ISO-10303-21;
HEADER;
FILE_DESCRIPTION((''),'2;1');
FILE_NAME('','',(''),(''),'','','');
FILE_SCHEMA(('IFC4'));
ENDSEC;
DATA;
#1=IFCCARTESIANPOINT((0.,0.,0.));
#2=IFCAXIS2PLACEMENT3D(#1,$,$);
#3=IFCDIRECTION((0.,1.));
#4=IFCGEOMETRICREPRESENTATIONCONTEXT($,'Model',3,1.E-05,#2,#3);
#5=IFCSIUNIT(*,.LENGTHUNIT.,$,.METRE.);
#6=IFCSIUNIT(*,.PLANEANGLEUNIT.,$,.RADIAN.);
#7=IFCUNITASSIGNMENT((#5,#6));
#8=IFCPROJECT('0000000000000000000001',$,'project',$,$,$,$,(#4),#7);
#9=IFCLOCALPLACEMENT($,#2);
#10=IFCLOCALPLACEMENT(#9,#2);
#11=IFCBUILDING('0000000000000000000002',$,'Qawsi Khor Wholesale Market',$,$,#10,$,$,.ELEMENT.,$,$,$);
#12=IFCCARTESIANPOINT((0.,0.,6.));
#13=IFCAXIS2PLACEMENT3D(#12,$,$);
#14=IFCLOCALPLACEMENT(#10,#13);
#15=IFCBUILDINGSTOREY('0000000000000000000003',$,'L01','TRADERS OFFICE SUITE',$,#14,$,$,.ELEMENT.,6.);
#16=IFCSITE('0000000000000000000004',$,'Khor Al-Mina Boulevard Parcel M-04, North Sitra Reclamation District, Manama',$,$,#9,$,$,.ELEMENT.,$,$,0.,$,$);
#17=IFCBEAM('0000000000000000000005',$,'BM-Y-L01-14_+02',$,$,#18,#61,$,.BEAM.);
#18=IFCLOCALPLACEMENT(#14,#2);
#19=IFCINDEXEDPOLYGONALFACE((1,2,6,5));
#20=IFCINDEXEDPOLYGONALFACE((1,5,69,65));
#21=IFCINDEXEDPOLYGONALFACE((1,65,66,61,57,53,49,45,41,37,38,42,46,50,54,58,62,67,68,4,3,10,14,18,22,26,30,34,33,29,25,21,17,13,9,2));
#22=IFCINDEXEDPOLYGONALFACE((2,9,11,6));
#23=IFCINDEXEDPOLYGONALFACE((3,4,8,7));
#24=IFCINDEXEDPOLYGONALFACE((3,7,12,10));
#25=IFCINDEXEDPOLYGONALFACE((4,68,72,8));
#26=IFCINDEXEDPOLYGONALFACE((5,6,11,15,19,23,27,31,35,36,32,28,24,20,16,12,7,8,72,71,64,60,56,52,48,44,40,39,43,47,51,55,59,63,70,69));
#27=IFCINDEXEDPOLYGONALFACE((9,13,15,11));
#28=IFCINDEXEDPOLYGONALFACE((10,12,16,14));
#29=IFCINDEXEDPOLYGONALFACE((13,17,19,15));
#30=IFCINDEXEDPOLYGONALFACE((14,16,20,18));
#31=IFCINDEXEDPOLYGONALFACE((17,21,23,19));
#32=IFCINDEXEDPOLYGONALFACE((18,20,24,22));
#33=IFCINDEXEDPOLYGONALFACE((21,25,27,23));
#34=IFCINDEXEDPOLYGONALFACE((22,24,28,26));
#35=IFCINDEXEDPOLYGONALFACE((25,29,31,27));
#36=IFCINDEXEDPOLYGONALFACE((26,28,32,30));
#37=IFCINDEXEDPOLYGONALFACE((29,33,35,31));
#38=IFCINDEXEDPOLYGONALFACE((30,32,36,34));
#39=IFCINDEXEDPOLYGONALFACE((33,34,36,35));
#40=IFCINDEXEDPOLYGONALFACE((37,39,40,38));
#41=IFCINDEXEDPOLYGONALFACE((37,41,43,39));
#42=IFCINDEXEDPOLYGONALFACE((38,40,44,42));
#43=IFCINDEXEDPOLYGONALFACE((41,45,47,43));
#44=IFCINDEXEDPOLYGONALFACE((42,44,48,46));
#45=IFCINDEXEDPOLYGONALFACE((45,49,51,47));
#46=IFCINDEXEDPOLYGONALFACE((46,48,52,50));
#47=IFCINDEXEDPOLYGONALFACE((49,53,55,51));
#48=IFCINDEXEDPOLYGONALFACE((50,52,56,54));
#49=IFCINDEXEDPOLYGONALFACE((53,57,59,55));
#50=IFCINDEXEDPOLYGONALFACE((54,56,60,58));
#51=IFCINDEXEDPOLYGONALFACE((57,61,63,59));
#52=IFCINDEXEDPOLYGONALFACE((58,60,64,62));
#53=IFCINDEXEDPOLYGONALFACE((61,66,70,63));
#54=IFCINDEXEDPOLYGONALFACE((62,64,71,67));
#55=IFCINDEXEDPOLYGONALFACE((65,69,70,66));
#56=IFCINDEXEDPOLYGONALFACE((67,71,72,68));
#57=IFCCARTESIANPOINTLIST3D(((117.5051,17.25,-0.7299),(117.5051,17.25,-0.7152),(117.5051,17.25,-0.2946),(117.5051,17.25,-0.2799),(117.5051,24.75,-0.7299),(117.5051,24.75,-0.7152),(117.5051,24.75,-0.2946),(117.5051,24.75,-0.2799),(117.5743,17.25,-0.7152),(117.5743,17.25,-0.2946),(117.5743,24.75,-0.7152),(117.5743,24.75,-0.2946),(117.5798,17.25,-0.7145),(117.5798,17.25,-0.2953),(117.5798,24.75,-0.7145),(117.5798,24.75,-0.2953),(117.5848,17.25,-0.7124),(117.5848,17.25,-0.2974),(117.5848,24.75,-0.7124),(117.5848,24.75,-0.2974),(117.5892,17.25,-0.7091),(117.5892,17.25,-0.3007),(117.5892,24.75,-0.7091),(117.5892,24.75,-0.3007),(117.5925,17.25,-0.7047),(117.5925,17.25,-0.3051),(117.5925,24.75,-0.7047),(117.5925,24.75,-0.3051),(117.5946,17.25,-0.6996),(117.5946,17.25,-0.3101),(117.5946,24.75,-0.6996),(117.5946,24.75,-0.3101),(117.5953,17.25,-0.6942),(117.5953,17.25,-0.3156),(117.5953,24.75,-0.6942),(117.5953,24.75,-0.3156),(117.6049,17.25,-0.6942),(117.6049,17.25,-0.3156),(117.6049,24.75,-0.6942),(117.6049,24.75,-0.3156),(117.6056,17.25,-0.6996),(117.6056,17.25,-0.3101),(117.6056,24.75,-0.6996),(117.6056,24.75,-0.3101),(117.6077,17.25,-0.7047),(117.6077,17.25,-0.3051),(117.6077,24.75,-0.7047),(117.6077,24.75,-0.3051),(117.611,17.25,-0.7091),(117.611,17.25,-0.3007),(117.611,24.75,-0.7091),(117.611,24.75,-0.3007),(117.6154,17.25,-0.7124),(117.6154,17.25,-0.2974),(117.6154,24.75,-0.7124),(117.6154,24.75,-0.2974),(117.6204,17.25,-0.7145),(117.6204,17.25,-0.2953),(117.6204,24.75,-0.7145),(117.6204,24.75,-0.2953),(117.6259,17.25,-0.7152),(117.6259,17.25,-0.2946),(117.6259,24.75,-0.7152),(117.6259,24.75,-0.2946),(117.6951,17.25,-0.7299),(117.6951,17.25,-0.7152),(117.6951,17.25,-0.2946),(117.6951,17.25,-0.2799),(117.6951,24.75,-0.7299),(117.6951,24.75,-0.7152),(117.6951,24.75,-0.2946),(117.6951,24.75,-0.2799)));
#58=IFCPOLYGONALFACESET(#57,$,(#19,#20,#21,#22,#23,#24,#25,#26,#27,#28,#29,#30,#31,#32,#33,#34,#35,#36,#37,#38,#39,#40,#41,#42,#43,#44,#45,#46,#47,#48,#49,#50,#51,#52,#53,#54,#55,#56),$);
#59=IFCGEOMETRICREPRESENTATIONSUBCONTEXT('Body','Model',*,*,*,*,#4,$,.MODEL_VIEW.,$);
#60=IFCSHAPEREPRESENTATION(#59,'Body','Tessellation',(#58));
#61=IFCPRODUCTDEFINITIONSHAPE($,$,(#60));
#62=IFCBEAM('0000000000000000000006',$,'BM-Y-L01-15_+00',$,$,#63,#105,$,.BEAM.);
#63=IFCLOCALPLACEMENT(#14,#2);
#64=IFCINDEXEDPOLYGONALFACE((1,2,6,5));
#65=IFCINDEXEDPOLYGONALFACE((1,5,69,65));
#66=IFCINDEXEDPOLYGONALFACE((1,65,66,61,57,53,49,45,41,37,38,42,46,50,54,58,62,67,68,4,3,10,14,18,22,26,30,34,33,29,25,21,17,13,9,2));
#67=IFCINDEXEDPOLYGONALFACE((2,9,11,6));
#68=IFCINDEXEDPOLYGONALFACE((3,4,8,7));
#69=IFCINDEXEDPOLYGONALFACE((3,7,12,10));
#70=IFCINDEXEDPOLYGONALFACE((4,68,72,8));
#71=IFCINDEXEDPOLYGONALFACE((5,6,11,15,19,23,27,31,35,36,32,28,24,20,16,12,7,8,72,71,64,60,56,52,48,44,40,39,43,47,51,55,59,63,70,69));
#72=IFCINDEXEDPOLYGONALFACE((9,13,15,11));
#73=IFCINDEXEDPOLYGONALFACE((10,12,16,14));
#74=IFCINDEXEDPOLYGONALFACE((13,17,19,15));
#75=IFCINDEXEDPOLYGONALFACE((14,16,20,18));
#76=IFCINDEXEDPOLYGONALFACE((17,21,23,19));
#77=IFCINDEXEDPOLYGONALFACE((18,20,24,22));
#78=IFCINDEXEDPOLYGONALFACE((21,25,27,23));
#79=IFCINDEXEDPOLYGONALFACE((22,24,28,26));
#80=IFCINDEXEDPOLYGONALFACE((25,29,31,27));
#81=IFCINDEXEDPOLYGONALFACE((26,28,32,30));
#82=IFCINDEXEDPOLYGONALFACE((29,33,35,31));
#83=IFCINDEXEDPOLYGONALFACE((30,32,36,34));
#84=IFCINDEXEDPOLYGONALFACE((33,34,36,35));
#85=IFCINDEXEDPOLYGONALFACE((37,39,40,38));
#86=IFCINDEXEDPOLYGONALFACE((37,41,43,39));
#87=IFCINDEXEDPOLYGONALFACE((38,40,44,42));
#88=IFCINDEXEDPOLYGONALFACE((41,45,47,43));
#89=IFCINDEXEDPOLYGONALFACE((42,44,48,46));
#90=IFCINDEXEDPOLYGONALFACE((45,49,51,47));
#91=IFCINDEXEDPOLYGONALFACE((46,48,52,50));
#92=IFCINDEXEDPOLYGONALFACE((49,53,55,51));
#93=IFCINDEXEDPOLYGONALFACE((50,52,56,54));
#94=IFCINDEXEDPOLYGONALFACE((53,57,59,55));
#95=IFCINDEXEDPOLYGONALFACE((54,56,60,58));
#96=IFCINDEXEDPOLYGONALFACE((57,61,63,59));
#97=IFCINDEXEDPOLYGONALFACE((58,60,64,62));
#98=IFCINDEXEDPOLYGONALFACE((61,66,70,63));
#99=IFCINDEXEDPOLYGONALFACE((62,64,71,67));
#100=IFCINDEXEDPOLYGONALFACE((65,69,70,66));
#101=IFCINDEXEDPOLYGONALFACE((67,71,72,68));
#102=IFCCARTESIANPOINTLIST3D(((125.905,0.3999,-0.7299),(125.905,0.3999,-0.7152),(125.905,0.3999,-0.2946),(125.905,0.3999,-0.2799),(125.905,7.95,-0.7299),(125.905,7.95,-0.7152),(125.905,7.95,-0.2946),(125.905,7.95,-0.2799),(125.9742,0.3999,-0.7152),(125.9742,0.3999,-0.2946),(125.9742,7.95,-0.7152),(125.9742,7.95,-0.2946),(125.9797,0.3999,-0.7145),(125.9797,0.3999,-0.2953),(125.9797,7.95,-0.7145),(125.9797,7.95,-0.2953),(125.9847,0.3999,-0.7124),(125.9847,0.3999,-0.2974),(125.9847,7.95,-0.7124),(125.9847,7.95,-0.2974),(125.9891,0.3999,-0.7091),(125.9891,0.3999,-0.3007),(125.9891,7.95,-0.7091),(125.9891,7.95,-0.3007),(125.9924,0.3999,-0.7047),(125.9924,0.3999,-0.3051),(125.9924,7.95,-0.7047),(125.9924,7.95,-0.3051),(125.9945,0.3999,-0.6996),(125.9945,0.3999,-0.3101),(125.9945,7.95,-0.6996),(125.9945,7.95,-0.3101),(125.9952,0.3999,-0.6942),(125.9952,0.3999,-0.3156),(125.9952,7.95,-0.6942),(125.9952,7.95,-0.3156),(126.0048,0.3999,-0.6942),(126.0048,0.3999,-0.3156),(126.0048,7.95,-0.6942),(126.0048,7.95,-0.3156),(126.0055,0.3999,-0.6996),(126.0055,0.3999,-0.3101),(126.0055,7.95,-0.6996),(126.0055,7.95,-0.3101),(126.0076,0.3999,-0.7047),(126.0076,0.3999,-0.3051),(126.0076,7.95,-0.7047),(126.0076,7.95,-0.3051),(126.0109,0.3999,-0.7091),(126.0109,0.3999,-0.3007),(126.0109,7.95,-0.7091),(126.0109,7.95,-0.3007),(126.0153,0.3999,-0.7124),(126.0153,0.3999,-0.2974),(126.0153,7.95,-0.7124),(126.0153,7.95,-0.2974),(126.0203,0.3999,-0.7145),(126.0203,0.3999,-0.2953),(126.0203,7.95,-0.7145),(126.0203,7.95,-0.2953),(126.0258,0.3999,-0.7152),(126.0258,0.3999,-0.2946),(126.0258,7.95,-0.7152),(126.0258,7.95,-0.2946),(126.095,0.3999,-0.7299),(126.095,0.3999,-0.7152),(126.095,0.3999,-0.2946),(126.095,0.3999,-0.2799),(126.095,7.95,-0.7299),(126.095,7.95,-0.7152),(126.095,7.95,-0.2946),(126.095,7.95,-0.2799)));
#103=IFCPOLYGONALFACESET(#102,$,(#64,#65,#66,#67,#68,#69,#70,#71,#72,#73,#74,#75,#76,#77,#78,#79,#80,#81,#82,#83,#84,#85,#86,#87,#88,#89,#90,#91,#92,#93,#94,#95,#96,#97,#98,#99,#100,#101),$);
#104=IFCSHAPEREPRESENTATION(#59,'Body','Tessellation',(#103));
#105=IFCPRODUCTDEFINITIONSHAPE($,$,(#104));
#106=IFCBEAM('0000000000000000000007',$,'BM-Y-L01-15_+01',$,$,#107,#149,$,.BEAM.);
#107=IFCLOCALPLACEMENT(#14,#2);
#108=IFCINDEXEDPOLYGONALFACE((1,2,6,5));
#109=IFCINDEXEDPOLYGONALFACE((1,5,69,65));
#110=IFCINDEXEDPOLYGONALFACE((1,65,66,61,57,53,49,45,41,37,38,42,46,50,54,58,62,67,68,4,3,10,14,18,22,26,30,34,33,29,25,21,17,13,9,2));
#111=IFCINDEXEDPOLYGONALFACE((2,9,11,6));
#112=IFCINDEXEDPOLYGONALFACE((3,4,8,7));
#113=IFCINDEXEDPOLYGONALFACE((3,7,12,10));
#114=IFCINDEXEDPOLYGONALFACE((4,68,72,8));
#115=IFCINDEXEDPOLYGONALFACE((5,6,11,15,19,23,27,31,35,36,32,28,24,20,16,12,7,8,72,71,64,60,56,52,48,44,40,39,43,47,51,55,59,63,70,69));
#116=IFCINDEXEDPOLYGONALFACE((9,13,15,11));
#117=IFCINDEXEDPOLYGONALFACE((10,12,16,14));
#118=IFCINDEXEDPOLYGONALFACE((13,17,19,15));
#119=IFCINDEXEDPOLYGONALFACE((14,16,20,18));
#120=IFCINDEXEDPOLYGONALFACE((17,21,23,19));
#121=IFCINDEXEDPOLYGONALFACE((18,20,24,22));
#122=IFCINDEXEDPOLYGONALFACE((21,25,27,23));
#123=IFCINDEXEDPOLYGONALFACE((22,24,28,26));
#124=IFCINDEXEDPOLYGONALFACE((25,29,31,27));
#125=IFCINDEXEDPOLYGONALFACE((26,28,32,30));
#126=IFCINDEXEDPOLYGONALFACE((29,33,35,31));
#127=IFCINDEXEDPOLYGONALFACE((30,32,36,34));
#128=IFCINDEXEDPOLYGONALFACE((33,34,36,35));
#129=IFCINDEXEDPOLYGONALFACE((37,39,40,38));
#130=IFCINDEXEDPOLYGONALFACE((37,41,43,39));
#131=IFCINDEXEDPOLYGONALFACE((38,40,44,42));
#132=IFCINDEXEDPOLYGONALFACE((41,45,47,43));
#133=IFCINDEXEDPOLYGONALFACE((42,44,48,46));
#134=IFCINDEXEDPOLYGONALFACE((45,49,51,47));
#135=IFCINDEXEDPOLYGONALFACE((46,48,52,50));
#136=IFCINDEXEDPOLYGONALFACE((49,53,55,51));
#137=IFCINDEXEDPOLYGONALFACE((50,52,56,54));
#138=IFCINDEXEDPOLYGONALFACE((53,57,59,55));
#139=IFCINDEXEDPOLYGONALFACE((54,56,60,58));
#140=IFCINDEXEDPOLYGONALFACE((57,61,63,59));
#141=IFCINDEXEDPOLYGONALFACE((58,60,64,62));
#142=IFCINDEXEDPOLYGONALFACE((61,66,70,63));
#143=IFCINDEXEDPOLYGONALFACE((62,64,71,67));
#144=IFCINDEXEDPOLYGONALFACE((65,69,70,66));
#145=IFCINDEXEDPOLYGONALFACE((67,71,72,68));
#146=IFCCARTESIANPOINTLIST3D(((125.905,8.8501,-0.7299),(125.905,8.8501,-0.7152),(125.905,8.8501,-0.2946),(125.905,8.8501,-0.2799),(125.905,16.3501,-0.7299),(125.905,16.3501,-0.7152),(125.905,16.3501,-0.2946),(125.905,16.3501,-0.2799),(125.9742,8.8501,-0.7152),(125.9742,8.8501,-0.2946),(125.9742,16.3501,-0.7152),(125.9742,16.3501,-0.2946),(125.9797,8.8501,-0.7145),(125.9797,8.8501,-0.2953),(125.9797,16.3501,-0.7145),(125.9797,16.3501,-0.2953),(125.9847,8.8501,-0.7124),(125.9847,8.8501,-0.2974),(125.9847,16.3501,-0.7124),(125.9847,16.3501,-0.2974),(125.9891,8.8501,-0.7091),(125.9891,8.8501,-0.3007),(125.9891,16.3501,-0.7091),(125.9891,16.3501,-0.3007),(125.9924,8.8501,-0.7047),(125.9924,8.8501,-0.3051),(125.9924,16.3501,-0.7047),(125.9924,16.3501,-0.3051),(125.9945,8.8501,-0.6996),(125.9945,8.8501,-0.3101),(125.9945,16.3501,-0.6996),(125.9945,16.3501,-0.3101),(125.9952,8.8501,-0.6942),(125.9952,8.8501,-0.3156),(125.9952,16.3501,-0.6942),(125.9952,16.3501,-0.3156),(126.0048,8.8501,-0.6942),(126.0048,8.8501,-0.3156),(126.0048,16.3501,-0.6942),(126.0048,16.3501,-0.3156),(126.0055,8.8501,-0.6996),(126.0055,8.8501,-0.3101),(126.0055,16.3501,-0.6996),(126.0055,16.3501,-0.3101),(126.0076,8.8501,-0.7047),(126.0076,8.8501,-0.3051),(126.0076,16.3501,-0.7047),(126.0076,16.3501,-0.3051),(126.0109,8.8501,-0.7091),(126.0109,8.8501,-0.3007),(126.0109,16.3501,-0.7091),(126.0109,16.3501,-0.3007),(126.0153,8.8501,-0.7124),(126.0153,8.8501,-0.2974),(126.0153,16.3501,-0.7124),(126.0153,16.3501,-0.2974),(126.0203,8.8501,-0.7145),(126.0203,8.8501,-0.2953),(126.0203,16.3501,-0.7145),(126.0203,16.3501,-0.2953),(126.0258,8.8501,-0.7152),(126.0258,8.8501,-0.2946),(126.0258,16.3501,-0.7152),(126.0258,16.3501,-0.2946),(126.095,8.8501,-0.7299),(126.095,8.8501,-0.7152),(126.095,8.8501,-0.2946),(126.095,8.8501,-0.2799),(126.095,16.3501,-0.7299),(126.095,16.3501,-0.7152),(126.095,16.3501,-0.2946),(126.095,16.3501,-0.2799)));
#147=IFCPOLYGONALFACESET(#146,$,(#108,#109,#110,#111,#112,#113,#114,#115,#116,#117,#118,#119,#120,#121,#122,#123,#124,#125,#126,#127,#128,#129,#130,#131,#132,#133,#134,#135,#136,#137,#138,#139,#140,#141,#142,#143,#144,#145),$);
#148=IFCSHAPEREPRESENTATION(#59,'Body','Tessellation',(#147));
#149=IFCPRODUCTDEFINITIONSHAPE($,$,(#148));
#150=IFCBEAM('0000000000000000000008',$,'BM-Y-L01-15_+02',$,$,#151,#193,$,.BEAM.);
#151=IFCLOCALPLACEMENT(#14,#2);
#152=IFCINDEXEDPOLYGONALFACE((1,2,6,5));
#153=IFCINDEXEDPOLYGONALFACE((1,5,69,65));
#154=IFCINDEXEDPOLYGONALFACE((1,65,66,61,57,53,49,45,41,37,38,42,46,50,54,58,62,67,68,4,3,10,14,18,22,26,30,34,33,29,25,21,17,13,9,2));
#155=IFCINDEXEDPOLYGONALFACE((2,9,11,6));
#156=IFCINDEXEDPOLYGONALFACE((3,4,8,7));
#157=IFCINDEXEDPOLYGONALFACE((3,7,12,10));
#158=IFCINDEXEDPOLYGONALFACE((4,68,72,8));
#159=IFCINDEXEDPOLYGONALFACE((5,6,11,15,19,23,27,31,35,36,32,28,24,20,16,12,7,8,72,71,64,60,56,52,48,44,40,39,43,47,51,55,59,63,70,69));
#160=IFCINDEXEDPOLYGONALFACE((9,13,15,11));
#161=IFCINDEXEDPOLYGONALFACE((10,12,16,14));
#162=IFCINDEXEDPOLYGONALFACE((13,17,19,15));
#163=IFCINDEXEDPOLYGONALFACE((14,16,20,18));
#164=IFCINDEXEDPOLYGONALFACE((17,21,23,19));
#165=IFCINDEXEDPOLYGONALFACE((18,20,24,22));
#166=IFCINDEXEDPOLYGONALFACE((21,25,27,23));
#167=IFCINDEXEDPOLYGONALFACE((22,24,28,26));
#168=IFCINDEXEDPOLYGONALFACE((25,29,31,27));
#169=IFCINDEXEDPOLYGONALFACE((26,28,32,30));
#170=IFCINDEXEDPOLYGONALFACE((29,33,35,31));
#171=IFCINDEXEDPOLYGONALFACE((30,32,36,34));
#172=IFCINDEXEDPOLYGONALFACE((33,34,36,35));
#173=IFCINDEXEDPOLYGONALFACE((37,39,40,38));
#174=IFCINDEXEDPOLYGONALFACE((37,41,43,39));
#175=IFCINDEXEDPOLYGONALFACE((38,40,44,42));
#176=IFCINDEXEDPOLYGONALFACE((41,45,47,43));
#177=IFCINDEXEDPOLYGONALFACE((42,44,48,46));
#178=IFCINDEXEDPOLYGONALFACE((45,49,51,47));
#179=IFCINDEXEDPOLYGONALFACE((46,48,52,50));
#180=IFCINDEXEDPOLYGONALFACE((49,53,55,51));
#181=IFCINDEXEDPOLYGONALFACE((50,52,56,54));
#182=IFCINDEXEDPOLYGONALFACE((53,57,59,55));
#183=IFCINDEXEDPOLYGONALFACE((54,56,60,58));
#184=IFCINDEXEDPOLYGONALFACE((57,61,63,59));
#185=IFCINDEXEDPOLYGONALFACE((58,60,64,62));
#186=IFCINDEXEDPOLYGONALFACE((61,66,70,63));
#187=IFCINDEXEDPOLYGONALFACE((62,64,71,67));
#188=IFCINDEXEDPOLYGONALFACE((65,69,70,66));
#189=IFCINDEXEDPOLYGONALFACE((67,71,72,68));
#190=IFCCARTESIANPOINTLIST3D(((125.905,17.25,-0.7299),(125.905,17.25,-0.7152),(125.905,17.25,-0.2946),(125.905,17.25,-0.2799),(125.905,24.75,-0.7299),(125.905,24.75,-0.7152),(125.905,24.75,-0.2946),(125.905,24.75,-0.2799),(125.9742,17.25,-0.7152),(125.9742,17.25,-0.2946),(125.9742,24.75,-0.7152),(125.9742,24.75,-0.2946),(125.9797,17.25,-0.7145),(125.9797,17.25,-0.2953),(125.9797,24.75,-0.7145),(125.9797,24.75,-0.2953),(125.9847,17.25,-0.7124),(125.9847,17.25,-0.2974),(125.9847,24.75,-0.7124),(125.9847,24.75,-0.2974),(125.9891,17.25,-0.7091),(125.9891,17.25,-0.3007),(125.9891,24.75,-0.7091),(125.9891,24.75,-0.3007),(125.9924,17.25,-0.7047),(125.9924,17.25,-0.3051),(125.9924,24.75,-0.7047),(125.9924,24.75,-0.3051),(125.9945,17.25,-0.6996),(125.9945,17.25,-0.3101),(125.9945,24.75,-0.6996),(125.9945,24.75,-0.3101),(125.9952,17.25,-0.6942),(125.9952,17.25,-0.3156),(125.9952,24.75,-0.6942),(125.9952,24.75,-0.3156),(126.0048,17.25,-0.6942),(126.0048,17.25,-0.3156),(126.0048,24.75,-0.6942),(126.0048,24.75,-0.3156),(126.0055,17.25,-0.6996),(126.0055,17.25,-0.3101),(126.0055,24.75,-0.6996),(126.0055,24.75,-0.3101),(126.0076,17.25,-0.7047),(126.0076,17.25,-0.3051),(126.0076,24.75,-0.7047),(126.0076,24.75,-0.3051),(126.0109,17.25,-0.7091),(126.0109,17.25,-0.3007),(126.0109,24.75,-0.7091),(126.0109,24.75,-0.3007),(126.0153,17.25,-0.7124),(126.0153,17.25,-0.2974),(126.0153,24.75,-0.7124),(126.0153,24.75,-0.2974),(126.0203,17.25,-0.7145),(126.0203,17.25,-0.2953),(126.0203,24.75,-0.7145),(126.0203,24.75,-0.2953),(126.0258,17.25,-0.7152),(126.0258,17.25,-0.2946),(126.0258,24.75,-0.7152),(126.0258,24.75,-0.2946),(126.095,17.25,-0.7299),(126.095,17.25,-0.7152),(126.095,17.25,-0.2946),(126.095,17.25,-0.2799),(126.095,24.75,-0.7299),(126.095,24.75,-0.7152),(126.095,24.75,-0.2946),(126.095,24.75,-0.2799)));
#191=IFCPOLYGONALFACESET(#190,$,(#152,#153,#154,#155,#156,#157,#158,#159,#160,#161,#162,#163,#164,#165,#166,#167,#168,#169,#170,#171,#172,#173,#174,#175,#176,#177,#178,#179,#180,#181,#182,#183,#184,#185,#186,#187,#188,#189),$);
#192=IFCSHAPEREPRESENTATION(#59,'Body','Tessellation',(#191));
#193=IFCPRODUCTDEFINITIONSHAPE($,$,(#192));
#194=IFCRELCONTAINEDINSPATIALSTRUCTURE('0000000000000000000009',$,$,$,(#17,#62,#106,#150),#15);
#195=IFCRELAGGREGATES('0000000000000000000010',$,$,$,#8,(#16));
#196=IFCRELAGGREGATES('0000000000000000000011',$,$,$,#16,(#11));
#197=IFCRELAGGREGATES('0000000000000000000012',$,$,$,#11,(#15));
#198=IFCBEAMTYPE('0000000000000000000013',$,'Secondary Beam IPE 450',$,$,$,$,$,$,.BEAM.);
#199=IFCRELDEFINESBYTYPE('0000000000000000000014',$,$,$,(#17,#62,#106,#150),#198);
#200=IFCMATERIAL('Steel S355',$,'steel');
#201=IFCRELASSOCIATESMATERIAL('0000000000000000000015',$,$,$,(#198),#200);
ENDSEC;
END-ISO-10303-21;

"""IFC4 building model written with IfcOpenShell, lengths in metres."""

from ifc_helpers import new_model, si_unit, direction, frame, origin, origin_2d, place, context, subcontext, project, spatial, i_section, extrude, material, material_profile, profile_set, type_object, element, save


model = new_model("IFC4")

# Units and contexts
model_context = context("Model", 3, precision=1e-05, world=origin(), true_north=direction((0.0, 1.0)))
body_context = subcontext(model_context, "Body", "Model", "MODEL_VIEW")
ifc_project = project(units=[si_unit("LENGTHUNIT", "METRE"), si_unit("PLANEANGLEUNIT", "RADIAN")], contexts=[model_context])

# Site, building, storey
site_placement = place(None, origin())
site = spatial("IfcSite", under=ifc_project, at=site_placement, Name="Khor Al-Mina Boulevard Parcel M-04, North Sitra Reclamation District, Manama", CompositionType="ELEMENT", RefElevation=0.0)
building_placement = place(site_placement, origin())
building = spatial("IfcBuilding", under=site, at=building_placement, Name="Qawsi Khor Wholesale Market", CompositionType="ELEMENT")
storey_placement = place(building_placement, frame((0.0, 0.0, 6.0)))
storey = spatial("IfcBuildingStorey", under=building, at=storey_placement, Name="L01", Description="TRADERS OFFICE SUITE", CompositionType="ELEMENT", Elevation=6.0)

# Beams
ifc_material_1 = material(Name="Steel S355", Category="steel")
ifc_material_profile_1 = material_profile(ifc_material_1, i_section(OverallWidth=0.1899, OverallDepth=0.45, WebThickness=0.0095, FlangeThickness=0.0146, FilletRadius=0.021, at=origin_2d()), Name="IPE 450")
ifc_profile_set_1 = profile_set([ifc_material_profile_1], Name="Steel S355")
beam_type_1 = type_object("IfcBeamType", Name="Secondary Beam IPE 450", PredefinedType="BEAM", material=ifc_profile_set_1)
beam_1_placement = place(storey_placement, frame((117.6001, 17.25, -0.5049), z_axis=(0.0, 1.0, 0.0), x_axis=(-1.0, 0.0, 0.0)))
element("IfcBeam", 1, at=beam_1_placement, inside=storey, type_object=beam_type_1, Name="BM-Y-L01-14_+02", PredefinedType="BEAM", context=body_context, shape_type="SweptSolid", body=[
    extrude(i_section(OverallWidth=0.1899, OverallDepth=0.45, WebThickness=0.0095, FlangeThickness=0.0146, FilletRadius=0.021, at=origin_2d()), origin(), (0.0, 0.0, 1.0), 7.5),
])
beam_2_placement = place(storey_placement, frame((126.0, 0.3999, -0.5049), z_axis=(0.0, 1.0, 0.0), x_axis=(-1.0, 0.0, 0.0)))
element("IfcBeam", 2, at=beam_2_placement, inside=storey, type_object=beam_type_1, Name="BM-Y-L01-15_+00", PredefinedType="BEAM", context=body_context, shape_type="SweptSolid", body=[
    extrude(i_section(OverallWidth=0.1899, OverallDepth=0.45, WebThickness=0.0095, FlangeThickness=0.0146, FilletRadius=0.021, at=origin_2d()), origin(), (0.0, 0.0, 1.0), 7.55),
])
for number, where, z_axis, x_axis, name in (
    (3, (126.0, 8.8501, -0.5049), (0.0, 1.0, 0.0), (-1.0, 0.0, 0.0), "BM-Y-L01-15_+01"),
    (4, (126.0, 17.25, -0.5049), (0.0, 1.0, 0.0), (-1.0, 0.0, 0.0), "BM-Y-L01-15_+02"),
):
    element("IfcBeam", number, at=place(storey_placement, frame(where, z_axis=z_axis, x_axis=x_axis)), inside=storey, type_object=beam_type_1, Name=name, PredefinedType="BEAM", context=body_context, shape_type="SweptSolid", body=[
        extrude(i_section(OverallWidth=0.1899, OverallDepth=0.45, WebThickness=0.0095, FlangeThickness=0.0146, FilletRadius=0.021, at=origin_2d()), origin(), (0.0, 0.0, 1.0), 7.5),
    ])

save(model, "model.ifc")
